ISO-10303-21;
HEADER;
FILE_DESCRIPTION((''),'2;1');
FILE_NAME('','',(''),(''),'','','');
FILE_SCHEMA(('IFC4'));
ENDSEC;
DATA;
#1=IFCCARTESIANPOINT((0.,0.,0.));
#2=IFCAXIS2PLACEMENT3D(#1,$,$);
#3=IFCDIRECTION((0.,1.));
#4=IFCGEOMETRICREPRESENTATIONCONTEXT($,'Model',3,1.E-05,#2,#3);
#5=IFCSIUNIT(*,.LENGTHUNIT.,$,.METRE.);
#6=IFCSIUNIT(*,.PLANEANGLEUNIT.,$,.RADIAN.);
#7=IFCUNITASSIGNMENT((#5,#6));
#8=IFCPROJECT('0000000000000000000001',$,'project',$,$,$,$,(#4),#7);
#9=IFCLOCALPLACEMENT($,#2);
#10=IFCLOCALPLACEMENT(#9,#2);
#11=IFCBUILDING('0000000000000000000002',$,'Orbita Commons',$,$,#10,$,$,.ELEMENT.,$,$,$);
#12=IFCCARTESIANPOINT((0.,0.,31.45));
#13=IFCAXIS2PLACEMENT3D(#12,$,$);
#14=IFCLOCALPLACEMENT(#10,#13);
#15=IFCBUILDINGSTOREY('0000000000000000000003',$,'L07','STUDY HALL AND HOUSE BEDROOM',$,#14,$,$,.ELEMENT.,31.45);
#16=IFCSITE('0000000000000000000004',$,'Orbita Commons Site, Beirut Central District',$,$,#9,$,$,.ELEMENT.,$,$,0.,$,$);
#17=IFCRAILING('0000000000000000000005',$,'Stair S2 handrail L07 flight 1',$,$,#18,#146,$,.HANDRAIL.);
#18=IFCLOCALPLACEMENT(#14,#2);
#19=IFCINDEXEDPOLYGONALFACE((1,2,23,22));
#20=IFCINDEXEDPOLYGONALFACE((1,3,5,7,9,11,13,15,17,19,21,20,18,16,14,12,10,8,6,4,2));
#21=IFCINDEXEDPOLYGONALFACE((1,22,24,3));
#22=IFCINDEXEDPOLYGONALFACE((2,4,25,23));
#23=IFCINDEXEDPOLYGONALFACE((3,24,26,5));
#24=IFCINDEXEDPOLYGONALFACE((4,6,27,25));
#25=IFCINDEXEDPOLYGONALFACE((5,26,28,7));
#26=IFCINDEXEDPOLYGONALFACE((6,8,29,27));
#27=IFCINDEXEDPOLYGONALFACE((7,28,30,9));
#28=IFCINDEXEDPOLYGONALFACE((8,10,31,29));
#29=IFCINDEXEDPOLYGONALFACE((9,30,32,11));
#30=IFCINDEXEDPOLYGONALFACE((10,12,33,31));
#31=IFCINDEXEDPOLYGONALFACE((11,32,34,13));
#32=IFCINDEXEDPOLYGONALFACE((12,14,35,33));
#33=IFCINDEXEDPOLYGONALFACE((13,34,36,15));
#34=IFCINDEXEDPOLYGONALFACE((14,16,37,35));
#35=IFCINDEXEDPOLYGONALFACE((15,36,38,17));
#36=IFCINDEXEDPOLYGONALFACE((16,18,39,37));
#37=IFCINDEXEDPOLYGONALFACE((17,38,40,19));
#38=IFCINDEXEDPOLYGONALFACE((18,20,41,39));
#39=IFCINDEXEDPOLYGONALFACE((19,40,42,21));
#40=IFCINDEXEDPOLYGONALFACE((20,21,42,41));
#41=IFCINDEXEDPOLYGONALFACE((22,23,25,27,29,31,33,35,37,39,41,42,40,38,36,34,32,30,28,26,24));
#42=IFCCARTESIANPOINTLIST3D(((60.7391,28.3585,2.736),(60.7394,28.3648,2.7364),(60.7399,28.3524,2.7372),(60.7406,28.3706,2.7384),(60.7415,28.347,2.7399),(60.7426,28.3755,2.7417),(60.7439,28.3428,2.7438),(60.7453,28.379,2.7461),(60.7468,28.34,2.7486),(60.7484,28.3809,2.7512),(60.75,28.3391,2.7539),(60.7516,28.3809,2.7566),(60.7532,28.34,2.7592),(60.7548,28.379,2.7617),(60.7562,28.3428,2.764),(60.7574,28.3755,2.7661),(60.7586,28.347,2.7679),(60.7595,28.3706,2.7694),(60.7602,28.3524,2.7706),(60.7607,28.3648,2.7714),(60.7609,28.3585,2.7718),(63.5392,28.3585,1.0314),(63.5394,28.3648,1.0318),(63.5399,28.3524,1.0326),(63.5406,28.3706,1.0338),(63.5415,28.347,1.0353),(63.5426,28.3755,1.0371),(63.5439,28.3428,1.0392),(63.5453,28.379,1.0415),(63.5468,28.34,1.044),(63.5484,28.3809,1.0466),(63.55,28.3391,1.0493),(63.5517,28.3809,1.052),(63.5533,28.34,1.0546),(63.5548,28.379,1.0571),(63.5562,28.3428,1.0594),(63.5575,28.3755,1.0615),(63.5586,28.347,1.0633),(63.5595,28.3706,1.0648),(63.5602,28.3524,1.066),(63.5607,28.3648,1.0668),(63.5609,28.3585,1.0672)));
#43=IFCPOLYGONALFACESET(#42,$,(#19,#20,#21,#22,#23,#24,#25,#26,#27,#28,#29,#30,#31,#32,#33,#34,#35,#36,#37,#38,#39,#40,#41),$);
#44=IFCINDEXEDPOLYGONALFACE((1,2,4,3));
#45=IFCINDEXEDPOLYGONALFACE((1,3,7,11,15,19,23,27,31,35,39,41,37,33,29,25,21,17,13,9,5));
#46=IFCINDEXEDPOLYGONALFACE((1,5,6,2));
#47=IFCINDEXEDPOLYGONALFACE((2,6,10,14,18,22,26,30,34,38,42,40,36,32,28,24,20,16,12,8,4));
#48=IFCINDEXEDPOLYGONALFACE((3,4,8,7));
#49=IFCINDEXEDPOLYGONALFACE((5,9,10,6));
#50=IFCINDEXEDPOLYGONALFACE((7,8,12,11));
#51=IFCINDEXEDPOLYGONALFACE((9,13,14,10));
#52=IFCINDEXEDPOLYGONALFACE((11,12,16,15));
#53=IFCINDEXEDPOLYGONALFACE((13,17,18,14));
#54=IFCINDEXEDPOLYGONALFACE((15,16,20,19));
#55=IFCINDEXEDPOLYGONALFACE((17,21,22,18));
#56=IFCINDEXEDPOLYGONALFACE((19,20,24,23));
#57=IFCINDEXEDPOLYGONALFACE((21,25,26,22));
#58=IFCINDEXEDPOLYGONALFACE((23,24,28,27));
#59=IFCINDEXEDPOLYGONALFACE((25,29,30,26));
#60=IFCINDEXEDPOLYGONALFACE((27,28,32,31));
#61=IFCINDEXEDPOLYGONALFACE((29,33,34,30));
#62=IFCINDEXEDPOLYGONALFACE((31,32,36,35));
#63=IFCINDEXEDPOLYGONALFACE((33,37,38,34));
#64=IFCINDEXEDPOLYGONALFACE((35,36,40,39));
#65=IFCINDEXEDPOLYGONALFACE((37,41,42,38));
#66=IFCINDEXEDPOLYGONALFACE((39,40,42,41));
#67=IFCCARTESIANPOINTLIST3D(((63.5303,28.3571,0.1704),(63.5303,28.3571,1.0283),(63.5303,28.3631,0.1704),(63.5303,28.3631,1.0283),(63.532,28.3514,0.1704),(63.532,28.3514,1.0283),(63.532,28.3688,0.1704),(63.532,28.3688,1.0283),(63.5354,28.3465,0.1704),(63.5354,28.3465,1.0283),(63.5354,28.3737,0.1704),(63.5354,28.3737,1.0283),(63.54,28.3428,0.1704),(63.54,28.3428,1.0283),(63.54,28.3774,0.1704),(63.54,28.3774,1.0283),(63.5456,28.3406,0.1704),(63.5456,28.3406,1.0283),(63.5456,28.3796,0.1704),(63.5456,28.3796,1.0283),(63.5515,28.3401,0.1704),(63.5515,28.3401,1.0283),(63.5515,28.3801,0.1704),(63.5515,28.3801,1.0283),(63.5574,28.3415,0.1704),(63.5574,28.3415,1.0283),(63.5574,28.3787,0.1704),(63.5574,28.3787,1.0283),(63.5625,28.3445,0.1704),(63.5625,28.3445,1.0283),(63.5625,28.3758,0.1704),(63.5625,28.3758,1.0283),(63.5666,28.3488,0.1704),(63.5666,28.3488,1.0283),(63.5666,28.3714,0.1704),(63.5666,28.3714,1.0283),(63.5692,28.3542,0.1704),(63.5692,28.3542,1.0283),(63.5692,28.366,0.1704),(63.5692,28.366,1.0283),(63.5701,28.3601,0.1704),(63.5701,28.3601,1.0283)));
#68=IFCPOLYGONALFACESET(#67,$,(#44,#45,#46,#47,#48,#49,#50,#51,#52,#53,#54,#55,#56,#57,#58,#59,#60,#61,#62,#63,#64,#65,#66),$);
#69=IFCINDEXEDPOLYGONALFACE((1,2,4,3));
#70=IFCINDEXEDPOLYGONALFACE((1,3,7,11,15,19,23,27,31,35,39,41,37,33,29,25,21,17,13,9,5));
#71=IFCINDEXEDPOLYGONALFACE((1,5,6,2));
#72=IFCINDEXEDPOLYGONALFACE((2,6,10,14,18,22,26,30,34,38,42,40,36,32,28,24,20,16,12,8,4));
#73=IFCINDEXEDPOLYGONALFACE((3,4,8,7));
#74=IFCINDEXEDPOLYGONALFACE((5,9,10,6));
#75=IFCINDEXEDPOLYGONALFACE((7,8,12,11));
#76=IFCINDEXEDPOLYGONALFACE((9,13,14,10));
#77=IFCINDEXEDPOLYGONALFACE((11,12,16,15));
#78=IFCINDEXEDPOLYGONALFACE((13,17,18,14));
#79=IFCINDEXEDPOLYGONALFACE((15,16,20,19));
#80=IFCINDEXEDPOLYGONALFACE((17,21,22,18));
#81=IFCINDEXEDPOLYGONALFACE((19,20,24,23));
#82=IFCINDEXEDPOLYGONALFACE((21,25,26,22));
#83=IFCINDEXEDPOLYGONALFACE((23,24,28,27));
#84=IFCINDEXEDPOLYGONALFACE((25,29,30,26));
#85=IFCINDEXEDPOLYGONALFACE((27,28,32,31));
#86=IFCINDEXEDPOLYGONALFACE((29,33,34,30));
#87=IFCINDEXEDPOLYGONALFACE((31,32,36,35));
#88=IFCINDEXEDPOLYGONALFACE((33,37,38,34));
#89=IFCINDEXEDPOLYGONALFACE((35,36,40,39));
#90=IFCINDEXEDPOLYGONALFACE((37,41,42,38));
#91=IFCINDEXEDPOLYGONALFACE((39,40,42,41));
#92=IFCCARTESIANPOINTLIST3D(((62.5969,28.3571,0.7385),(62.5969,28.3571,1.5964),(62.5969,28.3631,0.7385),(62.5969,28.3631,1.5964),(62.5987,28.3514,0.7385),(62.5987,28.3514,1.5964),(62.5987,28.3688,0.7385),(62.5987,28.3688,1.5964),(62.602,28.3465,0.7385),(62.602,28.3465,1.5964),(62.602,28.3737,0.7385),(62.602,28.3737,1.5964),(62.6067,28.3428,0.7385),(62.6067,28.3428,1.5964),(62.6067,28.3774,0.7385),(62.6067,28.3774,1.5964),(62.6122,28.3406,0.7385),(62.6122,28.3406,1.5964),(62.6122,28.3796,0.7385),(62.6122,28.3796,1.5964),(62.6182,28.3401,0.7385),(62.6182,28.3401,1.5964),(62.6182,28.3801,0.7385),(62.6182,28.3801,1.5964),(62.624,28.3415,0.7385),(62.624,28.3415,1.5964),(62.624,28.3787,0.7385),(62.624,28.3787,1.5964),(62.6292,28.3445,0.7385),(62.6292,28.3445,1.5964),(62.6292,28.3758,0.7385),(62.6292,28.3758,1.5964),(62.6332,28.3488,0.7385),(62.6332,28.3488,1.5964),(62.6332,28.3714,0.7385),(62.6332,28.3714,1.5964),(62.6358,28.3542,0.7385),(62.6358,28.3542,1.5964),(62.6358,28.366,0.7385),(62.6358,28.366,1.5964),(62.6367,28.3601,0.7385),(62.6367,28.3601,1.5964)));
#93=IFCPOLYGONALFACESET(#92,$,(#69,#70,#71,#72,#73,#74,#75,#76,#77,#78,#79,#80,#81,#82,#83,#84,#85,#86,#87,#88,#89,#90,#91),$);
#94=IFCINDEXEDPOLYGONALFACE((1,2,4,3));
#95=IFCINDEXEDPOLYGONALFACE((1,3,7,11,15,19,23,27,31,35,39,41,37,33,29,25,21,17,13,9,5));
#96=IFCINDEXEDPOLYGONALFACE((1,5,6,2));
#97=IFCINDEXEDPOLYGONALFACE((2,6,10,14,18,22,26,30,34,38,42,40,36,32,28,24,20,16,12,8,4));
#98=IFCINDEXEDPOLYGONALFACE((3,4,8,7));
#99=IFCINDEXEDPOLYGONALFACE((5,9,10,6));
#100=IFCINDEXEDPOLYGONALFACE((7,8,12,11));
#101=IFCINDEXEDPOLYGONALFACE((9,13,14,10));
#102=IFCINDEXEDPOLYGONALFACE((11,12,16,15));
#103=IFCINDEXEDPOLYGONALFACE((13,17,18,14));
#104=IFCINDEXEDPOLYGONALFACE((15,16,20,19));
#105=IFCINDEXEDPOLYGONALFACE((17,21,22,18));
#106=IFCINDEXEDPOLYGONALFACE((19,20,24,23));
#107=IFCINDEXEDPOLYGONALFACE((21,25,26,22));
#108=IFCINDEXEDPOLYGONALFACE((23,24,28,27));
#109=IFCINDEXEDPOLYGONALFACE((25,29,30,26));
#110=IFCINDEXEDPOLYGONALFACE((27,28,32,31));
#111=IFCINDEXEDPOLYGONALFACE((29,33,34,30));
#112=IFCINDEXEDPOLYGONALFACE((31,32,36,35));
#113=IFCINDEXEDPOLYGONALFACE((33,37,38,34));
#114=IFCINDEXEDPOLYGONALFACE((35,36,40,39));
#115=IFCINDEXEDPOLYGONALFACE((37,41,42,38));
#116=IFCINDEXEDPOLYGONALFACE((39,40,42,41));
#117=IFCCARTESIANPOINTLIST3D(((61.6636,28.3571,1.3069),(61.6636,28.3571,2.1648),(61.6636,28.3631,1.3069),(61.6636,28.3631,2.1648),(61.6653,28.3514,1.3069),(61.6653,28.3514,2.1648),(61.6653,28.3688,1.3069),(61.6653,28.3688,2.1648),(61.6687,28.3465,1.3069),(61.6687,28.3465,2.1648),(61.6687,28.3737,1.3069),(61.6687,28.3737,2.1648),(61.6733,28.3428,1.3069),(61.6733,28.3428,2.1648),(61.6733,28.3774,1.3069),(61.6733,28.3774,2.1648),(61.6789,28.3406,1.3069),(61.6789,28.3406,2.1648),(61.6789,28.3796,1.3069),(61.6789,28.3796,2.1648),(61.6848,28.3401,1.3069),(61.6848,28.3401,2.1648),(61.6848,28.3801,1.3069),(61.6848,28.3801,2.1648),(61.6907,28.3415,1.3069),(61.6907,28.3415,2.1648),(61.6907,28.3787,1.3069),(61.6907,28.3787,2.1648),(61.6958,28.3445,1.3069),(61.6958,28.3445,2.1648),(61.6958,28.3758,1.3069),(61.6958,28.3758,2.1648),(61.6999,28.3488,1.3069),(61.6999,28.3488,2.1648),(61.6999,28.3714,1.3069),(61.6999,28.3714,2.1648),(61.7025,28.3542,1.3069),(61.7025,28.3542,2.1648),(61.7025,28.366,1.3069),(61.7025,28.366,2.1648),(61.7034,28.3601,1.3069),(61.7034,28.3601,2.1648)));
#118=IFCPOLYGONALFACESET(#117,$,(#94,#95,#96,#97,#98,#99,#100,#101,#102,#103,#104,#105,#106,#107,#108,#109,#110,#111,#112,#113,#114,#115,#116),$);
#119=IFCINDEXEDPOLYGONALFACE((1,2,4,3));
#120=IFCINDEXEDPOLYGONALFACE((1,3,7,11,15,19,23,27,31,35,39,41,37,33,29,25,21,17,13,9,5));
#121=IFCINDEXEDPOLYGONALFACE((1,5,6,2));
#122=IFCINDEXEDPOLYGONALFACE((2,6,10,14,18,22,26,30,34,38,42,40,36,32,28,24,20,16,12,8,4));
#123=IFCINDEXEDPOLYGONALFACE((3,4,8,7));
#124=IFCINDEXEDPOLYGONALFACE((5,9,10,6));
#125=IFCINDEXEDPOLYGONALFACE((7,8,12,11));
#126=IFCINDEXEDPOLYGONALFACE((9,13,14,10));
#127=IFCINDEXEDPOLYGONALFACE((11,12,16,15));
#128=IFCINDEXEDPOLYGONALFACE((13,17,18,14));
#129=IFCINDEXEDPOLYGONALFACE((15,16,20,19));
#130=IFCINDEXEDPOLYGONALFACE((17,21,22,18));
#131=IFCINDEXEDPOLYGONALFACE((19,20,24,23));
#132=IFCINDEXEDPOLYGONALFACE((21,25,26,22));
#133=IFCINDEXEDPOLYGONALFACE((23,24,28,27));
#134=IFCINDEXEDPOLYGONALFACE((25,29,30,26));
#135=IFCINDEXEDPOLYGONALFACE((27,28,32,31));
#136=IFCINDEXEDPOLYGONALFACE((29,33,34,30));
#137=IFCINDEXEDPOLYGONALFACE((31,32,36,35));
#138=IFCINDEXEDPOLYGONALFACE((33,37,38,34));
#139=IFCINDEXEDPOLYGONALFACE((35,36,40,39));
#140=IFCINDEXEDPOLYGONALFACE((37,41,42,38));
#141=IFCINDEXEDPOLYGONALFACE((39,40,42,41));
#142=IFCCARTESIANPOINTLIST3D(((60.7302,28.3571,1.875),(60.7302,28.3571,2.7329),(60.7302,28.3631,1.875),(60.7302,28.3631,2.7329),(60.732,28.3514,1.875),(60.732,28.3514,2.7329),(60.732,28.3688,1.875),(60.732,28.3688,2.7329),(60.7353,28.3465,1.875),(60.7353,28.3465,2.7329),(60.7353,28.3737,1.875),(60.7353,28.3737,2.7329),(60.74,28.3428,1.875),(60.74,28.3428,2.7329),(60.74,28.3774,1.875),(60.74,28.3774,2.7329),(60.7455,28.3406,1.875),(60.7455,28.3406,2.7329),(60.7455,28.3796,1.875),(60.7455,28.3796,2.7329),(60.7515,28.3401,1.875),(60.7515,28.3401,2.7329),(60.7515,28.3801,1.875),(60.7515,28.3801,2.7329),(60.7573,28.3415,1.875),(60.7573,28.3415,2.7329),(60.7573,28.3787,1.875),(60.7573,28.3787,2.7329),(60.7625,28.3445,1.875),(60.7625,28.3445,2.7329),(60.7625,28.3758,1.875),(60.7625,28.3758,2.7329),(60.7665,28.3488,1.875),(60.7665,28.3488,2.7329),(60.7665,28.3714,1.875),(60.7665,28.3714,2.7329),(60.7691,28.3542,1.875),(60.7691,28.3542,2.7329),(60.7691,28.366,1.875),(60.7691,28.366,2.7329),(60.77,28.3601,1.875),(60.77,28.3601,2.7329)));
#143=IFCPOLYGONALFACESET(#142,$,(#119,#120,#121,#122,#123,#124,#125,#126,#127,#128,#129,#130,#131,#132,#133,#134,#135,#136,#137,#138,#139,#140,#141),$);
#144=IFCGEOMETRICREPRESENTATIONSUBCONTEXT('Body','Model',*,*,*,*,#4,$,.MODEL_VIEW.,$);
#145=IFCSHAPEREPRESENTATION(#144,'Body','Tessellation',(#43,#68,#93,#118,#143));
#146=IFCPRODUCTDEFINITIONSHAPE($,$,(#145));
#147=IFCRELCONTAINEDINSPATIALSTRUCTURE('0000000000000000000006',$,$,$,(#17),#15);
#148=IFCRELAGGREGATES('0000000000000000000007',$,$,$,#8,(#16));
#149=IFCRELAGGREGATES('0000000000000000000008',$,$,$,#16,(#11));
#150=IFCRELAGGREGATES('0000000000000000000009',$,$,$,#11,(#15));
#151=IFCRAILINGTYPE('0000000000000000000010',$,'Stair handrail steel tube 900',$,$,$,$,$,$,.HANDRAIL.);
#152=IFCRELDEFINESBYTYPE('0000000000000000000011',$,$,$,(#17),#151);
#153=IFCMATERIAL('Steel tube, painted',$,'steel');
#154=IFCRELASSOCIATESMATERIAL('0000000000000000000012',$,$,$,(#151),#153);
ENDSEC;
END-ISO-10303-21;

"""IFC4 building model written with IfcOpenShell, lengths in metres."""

from ifc_helpers import new_model, si_unit, direction, frame, origin, origin_2d, place, context, subcontext, project, spatial, circle, extrude, material, type_object, element, save


model = new_model("IFC4")

# Units and contexts
model_context = context("Model", 3, precision=1e-05, world=origin(), true_north=direction((0.0, 1.0)))
body_context = subcontext(model_context, "Body", "Model", "MODEL_VIEW")
ifc_project = project(units=[si_unit("LENGTHUNIT", "METRE"), si_unit("PLANEANGLEUNIT", "RADIAN")], contexts=[model_context])

# Site, building, storey
site_placement = place(None, origin())
site = spatial("IfcSite", under=ifc_project, at=site_placement, Name="Orbita Commons Site, Beirut Central District", CompositionType="ELEMENT", RefElevation=0.0)
building_placement = place(site_placement, origin())
building = spatial("IfcBuilding", under=site, at=building_placement, Name="Orbita Commons", CompositionType="ELEMENT")
storey_placement = place(building_placement, frame((0.0, 0.0, 31.45)))
storey = spatial("IfcBuildingStorey", under=building, at=storey_placement, Name="L07", Description="STUDY HALL AND HOUSE BEDROOM", CompositionType="ELEMENT", Elevation=31.45)

# Railing
ifc_material_1 = material(Name="Steel tube, painted", Category="steel")
railing_type = type_object("IfcRailingType", Name="Stair handrail steel tube 900", PredefinedType="HANDRAIL", material=ifc_material_1)
for number, where, name in (
    (1, (63.55, 28.3601, 0.1704), "Stair S2 handrail L07 flight 1"),
):
    element("IfcRailing", number, at=place(storey_placement, frame(where)), inside=storey, type_object=railing_type, Name=name, PredefinedType="HANDRAIL", context=body_context, shape_type="SweptSolid", body=[
        extrude(circle(Radius=0.021, at=origin_2d()), frame((0.0, 0.0, 0.8789), z_axis=(-0.85417, 0.0, 0.519994), x_axis=(0.0, -1.0, 0.0)), (0.0, 0.0, 1.0), 3.2781),
        extrude(circle(Radius=0.02, at=origin_2d()), origin(), (0.0, 0.0, 1.0), 0.8579),
        extrude(circle(Radius=0.02, at=origin_2d()), frame((-0.9333, 0.0, 0.5681)), (0.0, 0.0, 1.0), 0.8579),
        extrude(circle(Radius=0.02, at=origin_2d()), frame((-1.8667, 0.0, 1.1365)), (0.0, 0.0, 1.0), 0.8579),
        extrude(circle(Radius=0.02, at=origin_2d()), frame((-2.8, 0.0, 1.7046)), (0.0, 0.0, 1.0), 0.8579),
    ])

save(model, "model.ifc")
